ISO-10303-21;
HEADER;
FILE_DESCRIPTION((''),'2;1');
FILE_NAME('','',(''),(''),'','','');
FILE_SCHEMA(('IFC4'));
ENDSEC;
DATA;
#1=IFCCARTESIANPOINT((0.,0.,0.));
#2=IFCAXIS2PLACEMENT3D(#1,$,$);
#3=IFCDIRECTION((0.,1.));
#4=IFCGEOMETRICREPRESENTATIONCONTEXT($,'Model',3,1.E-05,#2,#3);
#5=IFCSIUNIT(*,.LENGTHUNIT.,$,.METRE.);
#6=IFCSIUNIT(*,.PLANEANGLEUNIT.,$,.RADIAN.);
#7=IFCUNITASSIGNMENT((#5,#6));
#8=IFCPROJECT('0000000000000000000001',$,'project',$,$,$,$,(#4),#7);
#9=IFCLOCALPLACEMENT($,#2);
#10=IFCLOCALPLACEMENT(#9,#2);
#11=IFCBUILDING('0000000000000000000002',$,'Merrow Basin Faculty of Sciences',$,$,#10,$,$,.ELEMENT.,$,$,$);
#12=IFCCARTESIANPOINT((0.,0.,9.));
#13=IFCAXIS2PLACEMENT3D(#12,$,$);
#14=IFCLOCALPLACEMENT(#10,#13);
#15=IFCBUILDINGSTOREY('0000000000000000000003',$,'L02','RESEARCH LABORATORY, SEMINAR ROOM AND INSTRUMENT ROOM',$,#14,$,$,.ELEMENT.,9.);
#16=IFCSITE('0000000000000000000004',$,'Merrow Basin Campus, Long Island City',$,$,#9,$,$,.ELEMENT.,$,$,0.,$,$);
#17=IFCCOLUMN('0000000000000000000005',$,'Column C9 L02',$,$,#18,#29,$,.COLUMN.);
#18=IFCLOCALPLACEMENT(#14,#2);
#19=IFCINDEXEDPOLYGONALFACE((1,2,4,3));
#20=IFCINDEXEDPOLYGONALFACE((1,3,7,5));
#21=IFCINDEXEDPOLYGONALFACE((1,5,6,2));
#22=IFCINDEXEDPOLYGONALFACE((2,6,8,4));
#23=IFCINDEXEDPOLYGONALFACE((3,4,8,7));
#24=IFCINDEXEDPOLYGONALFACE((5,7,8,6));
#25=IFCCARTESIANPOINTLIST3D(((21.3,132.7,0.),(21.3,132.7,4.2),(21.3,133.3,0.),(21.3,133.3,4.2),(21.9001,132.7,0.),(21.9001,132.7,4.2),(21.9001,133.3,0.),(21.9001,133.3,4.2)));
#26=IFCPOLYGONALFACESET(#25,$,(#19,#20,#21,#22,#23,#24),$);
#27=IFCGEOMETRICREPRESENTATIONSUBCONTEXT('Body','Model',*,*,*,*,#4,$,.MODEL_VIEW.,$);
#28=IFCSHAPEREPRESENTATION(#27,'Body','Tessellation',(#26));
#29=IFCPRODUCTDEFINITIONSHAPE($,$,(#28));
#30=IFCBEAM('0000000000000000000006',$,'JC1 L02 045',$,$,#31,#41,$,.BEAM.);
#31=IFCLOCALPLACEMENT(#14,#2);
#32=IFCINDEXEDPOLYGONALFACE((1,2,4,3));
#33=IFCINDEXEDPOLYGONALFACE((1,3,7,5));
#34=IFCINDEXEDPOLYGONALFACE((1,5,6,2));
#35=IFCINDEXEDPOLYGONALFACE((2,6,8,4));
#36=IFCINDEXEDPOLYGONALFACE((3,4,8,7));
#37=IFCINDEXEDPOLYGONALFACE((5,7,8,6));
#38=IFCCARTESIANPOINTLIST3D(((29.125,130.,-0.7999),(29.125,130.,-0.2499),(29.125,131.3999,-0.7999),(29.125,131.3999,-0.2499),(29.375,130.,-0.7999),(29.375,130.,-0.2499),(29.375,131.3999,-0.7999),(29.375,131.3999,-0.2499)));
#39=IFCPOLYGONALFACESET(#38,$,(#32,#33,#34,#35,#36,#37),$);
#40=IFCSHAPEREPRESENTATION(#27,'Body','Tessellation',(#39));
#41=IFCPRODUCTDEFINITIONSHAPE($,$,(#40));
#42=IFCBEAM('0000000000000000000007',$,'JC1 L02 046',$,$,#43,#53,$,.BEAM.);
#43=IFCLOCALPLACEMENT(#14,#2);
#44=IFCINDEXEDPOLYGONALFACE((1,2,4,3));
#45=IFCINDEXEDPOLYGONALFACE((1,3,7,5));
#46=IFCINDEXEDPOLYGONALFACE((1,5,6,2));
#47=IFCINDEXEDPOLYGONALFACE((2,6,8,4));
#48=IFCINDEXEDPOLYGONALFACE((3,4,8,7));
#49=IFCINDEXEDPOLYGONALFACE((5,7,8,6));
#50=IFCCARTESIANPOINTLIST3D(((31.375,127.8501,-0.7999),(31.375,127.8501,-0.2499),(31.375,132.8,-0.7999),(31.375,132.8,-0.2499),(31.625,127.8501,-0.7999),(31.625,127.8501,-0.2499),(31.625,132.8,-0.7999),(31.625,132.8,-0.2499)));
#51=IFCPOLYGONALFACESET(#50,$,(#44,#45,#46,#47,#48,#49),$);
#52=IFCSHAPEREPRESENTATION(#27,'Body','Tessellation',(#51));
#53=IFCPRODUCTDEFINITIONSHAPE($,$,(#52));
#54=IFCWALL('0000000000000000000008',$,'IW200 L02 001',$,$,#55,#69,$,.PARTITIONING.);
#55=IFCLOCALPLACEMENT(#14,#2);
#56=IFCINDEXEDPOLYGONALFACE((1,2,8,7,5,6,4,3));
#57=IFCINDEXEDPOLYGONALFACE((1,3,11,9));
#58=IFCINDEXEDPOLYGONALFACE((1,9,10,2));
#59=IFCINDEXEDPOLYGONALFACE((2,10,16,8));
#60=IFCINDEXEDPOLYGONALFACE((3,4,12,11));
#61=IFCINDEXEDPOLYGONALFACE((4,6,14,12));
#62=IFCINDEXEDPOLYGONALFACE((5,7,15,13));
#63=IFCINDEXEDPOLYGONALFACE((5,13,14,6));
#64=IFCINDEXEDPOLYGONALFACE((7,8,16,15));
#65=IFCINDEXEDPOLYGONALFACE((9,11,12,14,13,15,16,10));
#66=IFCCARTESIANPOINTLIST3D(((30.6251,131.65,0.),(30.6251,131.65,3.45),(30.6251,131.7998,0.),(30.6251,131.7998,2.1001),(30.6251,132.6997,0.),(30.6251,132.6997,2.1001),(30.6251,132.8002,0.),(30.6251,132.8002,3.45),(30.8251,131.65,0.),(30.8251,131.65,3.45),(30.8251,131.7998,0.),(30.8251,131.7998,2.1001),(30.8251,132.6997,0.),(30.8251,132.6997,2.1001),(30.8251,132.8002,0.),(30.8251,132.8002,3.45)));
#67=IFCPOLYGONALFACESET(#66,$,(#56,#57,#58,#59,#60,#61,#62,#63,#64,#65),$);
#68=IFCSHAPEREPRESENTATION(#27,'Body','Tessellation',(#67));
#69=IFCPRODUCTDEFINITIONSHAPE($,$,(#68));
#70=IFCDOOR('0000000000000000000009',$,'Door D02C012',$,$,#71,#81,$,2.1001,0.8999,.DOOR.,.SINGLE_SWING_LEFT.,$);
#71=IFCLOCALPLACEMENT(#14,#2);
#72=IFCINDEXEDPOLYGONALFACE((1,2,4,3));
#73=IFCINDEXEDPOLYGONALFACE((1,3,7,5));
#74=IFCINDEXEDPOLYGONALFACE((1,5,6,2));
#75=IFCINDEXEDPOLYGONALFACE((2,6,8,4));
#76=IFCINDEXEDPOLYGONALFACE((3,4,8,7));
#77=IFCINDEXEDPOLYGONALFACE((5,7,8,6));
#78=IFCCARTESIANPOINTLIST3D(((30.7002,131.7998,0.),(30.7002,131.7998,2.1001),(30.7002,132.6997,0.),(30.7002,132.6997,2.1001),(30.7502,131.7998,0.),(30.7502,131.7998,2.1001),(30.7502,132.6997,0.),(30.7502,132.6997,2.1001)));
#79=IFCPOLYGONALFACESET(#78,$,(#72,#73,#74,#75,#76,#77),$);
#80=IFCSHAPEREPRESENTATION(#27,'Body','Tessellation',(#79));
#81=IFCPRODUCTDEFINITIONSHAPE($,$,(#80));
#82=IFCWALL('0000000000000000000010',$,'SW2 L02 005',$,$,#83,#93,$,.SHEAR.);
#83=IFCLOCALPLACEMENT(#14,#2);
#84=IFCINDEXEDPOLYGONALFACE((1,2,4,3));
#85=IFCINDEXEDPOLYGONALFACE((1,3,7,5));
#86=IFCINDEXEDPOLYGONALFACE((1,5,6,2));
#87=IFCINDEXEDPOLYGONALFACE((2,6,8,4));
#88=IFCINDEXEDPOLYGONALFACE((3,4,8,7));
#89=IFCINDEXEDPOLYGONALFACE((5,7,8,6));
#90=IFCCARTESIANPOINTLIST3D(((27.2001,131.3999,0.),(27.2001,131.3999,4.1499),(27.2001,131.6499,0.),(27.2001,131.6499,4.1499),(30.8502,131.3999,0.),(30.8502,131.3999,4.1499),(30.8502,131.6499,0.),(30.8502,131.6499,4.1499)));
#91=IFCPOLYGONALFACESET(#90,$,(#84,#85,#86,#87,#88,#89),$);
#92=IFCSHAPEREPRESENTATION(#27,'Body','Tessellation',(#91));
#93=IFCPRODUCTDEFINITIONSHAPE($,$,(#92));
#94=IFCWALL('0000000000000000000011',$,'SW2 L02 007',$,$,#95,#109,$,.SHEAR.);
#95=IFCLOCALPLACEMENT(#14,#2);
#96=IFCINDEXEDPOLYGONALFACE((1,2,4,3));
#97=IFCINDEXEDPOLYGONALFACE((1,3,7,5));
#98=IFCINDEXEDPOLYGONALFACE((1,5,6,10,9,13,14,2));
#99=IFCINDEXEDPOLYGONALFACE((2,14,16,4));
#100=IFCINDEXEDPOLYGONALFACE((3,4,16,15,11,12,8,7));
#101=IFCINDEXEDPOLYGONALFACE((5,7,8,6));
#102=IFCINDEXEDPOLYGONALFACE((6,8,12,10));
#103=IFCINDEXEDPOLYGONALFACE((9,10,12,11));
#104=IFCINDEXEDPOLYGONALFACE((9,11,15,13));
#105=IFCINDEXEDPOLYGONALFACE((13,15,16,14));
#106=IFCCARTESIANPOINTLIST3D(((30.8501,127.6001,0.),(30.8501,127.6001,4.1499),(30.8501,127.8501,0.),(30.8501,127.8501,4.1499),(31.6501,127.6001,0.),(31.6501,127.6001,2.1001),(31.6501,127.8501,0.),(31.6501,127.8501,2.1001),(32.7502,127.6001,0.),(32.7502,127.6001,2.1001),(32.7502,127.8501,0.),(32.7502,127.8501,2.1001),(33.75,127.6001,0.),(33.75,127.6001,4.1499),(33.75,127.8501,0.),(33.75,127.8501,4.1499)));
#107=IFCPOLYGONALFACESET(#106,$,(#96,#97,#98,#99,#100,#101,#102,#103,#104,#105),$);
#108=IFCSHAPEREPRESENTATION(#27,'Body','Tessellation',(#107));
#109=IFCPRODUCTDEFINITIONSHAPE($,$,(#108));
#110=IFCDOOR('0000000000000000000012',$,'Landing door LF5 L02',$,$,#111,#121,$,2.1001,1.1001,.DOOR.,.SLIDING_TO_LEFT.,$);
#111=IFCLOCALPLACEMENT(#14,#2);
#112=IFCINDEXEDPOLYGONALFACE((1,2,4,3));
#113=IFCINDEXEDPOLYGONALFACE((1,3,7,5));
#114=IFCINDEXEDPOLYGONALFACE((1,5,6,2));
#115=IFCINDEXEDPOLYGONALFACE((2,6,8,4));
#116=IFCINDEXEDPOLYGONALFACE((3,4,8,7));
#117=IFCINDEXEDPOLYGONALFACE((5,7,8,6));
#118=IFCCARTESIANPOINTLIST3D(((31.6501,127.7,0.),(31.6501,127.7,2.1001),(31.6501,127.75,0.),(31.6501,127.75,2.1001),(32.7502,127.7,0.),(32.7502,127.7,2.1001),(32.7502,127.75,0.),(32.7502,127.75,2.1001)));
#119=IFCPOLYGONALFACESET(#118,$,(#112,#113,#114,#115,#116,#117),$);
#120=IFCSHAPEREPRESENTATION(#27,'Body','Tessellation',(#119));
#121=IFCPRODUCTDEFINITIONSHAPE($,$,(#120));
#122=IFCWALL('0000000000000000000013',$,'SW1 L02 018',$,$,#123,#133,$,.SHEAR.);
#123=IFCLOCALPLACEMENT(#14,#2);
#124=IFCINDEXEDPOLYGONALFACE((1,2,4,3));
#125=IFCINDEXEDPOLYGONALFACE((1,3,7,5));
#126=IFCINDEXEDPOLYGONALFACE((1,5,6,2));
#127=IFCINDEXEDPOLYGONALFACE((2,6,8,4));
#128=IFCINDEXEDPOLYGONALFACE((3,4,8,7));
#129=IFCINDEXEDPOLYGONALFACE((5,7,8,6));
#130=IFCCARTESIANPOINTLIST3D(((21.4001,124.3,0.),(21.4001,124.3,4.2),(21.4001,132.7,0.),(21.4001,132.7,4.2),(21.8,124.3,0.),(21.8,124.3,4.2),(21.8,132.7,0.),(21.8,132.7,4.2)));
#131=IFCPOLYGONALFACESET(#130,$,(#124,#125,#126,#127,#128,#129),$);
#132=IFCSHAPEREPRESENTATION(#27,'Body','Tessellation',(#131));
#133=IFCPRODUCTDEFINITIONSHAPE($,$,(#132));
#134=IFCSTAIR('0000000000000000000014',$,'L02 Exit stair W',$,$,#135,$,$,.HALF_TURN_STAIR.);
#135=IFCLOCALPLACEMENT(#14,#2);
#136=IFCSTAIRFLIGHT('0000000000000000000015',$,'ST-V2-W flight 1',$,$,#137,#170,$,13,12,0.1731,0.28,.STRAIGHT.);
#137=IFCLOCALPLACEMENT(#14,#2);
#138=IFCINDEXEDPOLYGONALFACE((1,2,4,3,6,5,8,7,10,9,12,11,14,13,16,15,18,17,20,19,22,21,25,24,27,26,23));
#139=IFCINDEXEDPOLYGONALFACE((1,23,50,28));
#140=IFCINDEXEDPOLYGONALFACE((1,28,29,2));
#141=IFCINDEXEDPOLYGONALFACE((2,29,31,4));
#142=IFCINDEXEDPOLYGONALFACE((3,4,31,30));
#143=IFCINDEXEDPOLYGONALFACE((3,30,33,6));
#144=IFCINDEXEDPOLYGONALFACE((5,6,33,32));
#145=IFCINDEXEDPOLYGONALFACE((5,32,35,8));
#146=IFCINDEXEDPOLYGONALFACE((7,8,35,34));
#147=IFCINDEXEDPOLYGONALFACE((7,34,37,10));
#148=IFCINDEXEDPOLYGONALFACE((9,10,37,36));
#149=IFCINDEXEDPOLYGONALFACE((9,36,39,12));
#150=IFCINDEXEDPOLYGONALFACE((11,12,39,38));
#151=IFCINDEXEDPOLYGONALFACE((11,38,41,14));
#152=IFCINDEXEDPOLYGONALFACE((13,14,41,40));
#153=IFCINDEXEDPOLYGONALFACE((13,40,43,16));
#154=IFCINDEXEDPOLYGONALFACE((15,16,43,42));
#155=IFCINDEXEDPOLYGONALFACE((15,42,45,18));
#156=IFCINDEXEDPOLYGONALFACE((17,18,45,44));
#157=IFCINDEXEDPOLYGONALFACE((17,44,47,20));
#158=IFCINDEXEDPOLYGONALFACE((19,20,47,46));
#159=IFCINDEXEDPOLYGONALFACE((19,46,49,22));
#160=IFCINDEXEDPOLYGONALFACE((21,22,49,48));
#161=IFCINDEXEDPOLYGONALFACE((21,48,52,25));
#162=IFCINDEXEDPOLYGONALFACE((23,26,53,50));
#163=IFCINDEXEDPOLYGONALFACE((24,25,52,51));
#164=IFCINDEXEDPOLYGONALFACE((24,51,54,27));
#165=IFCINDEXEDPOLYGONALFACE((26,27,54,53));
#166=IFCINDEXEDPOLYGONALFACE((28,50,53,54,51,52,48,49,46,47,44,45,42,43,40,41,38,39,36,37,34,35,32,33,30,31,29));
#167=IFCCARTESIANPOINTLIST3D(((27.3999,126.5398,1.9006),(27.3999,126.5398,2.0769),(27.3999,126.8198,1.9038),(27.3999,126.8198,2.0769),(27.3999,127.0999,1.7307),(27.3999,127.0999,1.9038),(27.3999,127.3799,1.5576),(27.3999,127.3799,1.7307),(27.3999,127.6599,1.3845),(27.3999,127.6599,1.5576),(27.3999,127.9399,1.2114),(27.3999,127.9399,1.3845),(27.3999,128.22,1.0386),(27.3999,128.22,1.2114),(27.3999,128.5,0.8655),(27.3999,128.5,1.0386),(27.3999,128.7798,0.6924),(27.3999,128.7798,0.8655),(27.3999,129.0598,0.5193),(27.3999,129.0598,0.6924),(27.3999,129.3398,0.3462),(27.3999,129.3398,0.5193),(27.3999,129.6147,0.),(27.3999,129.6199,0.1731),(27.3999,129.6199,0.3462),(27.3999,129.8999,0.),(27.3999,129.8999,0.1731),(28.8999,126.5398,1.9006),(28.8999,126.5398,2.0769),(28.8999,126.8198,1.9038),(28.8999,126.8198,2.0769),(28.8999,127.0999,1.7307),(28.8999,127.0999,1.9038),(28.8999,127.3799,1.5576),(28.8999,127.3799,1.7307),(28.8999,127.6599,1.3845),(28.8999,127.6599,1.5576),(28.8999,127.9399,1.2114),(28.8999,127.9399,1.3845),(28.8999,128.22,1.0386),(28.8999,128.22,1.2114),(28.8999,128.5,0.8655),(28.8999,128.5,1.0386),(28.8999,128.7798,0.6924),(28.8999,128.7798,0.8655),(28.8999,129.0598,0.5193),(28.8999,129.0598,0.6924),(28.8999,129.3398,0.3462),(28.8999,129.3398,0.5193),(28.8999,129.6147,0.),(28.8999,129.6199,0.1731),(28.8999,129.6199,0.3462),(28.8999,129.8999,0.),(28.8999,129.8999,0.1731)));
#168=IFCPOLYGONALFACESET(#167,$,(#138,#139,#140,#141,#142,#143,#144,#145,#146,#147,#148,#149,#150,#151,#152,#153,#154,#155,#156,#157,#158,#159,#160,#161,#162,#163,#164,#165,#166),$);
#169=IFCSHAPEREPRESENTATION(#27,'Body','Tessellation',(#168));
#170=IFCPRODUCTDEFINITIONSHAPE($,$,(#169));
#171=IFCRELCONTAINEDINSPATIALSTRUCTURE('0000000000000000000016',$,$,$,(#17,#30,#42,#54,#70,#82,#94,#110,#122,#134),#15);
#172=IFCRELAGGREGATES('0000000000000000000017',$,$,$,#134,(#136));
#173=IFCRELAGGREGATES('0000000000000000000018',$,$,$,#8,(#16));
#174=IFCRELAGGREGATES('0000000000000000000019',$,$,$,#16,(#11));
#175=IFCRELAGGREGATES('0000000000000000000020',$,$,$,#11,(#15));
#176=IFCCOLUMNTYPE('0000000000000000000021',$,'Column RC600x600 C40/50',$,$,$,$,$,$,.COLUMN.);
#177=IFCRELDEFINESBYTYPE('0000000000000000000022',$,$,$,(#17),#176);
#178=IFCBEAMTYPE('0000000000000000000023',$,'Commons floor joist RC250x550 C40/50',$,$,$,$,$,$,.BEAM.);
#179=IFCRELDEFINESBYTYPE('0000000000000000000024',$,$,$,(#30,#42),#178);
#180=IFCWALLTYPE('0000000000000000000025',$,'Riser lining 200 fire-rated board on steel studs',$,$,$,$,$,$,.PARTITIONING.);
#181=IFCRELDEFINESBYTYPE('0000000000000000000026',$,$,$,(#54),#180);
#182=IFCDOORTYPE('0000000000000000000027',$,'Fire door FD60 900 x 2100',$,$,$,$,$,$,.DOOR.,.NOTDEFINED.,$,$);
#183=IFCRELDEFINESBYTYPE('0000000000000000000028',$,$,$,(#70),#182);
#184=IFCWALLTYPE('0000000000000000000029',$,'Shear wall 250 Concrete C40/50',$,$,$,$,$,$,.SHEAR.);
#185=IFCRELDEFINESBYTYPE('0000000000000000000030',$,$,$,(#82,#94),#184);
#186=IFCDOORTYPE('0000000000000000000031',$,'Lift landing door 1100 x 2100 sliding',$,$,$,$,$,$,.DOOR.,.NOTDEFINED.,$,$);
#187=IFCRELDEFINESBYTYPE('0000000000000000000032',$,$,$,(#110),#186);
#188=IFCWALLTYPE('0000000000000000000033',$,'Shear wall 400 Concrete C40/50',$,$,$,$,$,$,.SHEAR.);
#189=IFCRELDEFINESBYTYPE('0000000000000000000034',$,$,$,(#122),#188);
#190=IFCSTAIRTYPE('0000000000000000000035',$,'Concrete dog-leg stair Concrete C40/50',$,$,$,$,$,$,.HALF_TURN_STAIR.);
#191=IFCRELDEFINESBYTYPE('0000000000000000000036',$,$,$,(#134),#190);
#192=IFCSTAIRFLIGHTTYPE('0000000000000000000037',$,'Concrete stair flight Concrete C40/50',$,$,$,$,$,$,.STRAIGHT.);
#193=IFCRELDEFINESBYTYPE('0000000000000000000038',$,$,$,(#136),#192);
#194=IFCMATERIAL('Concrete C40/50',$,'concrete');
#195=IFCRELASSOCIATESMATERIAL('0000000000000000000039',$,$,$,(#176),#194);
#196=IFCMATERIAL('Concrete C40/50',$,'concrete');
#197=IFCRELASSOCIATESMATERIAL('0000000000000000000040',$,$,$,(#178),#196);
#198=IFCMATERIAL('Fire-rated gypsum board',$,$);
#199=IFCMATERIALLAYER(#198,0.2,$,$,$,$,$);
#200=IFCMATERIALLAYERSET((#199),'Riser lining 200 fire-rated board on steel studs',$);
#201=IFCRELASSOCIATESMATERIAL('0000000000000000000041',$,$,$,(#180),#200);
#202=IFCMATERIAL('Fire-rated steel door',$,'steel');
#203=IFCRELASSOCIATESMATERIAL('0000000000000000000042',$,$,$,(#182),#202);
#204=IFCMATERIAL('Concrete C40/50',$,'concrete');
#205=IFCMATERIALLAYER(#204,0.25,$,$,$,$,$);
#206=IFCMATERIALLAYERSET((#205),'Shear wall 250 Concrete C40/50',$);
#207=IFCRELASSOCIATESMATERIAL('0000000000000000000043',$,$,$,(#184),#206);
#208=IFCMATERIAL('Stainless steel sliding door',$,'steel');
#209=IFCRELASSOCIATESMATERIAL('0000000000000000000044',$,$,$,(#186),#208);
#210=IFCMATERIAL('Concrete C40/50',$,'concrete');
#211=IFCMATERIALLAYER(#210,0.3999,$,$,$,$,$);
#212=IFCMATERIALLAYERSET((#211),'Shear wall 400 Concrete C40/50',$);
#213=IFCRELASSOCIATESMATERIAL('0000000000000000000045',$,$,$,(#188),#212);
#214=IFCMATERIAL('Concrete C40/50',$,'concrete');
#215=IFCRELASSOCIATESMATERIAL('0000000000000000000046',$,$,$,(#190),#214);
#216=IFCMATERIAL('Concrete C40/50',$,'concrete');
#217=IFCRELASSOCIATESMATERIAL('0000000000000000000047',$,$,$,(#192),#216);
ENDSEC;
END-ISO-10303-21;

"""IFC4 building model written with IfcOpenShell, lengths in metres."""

from ifc_helpers import new_model, si_unit, direction, frame, frame_2d, origin, origin_2d, place, context, subcontext, project, spatial, polyline, rectangle, outline, extrude, material, layer, layer_set, material_profile, profile_set, type_object, element, fill, aggregate, save


model = new_model("IFC4")

# Units and contexts
model_context = context("Model", 3, precision=1e-05, world=origin(), true_north=direction((0.0, 1.0)))
body_context = subcontext(model_context, "Body", "Model", "MODEL_VIEW")
ifc_project = project(units=[si_unit("LENGTHUNIT", "METRE"), si_unit("PLANEANGLEUNIT", "RADIAN")], contexts=[model_context])

# Site, building, storey
site_placement = place(None, origin())
site = spatial("IfcSite", under=ifc_project, at=site_placement, Name="Merrow Basin Campus, Long Island City", CompositionType="ELEMENT", RefElevation=0.0)
building_placement = place(site_placement, origin())
building = spatial("IfcBuilding", under=site, at=building_placement, Name="Merrow Basin Faculty of Sciences", CompositionType="ELEMENT")
storey_placement = place(building_placement, frame((0.0, 0.0, 9.0)))
storey = spatial("IfcBuildingStorey", under=building, at=storey_placement, Name="L02", Description="RESEARCH LABORATORY, SEMINAR ROOM AND INSTRUMENT ROOM", CompositionType="ELEMENT", Elevation=9.0)

# Column
ifc_material_1 = material(Name="Concrete C40/50", Category="concrete")
ifc_material_profile_1 = material_profile(ifc_material_1, rectangle(XDim=0.6001, YDim=0.6001, at=origin_2d()))
ifc_profile_set_1 = profile_set([ifc_material_profile_1], Name="Concrete C40/50")
column_type = type_object("IfcColumnType", Name="Column RC600x600 C40/50", PredefinedType="COLUMN", material=ifc_profile_set_1)
column_placement = place(storey_placement, frame((21.6001, 133.0, 0.0), z_axis=(0.0, 0.0, 1.0), x_axis=(1.0, 0.0, 0.0)))
element("IfcColumn", 1, at=column_placement, inside=storey, type_object=column_type, Name="Column C9 L02", PredefinedType="COLUMN", context=body_context, shape_type="SweptSolid", body=[
    extrude(rectangle(XDim=0.6001, YDim=0.6001, at=origin_2d()), origin(), (0.0, 0.0, 1.0), 4.2),
])

# Beams
ifc_material_2 = material(Name="Concrete C40/50", Category="concrete")
ifc_material_profile_2 = material_profile(ifc_material_2, rectangle(XDim=0.25, YDim=0.55, at=origin_2d()))
ifc_profile_set_2 = profile_set([ifc_material_profile_2], Name="Concrete C40/50")
beam_type = type_object("IfcBeamType", Name="Commons floor joist RC250x550 C40/50", PredefinedType="BEAM", material=ifc_profile_set_2)
beam_1_placement = place(storey_placement, frame((29.25, 130.0, -0.5249), z_axis=(0.0, 1.0, 0.0), x_axis=(-1.0, 0.0, 0.0)))
element("IfcBeam", 2, at=beam_1_placement, inside=storey, type_object=beam_type, Name="JC1 L02 045", PredefinedType="BEAM", context=body_context, shape_type="SweptSolid", body=[
    extrude(rectangle(XDim=0.25, YDim=0.55, at=origin_2d()), origin(), (0.0, 0.0, 1.0), 1.3999),
])
beam_2_placement = place(storey_placement, frame((31.5, 127.8501, -0.5249), z_axis=(0.0, 1.0, 0.0), x_axis=(-1.0, 0.0, 0.0)))
element("IfcBeam", 3, at=beam_2_placement, inside=storey, type_object=beam_type, Name="JC1 L02 046", PredefinedType="BEAM", context=body_context, shape_type="SweptSolid", body=[
    extrude(rectangle(XDim=0.25, YDim=0.55, at=origin_2d()), origin(), (0.0, 0.0, 1.0), 4.95),
])

# Wall, opening, door
ifc_material_3 = material(Name="Fire-rated gypsum board")
ifc_layer_1 = layer(ifc_material_3, 0.2)
ifc_layer_set_1 = layer_set([ifc_layer_1], Name="Riser lining 200 fire-rated board on steel studs")
wall_type_1 = type_object("IfcWallType", Name="Riser lining 200 fire-rated board on steel studs", PredefinedType="PARTITIONING", material=ifc_layer_set_1)
wall_1_placement = place(storey_placement, frame((30.7251, 131.6499, 0.0), z_axis=(0.0, 0.0, 1.0), x_axis=(0.0, 1.0, 0.0)))
wall_1 = element("IfcWall", 4, at=wall_1_placement, inside=storey, type_object=wall_type_1, Name="IW200 L02 001", PredefinedType="PARTITIONING", context=body_context, shape_type="SweptSolid", body=[
    extrude(rectangle(XDim=1.1501, YDim=0.2, at=frame_2d((0.5752, 0.0))), origin(), (0.0, 0.0, 1.0), 3.45),
])
opening_1_placement = place(wall_1_placement, frame((0.1499, 0.0, 0.0)))
opening_1 = element("IfcOpeningElement", 5, at=opening_1_placement, cuts=wall_1, PredefinedType="OPENING", context=body_context, shape_type="SweptSolid", body=[
    extrude(rectangle(XDim=0.8999, YDim=2.1001, at=frame_2d((0.45, 1.05))), frame((0.0, 0.1099, 0.0), z_axis=(0.0, -1.0, 0.0), x_axis=(1.0, 0.0, 0.0)), (0.0, 0.0, 1.0), 0.22),
])
ifc_material_4 = material(Name="Fire-rated steel door", Category="steel")
door_type_1 = type_object("IfcDoorType", Name="Fire door FD60 900 x 2100", OperationType="NOTDEFINED", PredefinedType="DOOR", material=ifc_material_4)
door_1_placement = place(opening_1_placement, origin())
door_1 = element("IfcDoor", 6, at=door_1_placement, inside=storey, type_object=door_type_1, Name="Door D02C012", OperationType="SINGLE_SWING_LEFT", OverallHeight=2.1001, OverallWidth=0.8999, PredefinedType="DOOR", context=body_context, shape_type="SweptSolid", body=[
    extrude(rectangle(XDim=0.8999, YDim=2.1001, at=frame_2d((0.45, 1.05))), frame((0.0, 0.0249, 0.0), z_axis=(0.0, -1.0, 0.0), x_axis=(1.0, 0.0, 0.0)), (0.0, 0.0, 1.0), 0.05),
])
fill(opening_1, door_1)

# Wall
ifc_material_5 = material(Name="Concrete C40/50", Category="concrete")
ifc_layer_2 = layer(ifc_material_5, 0.25)
ifc_layer_set_2 = layer_set([ifc_layer_2], Name="Shear wall 250 Concrete C40/50")
wall_type_2 = type_object("IfcWallType", Name="Shear wall 250 Concrete C40/50", PredefinedType="SHEAR", material=ifc_layer_set_2)
wall_2_placement = place(storey_placement, frame((27.2, 131.5249, 0.0), z_axis=(0.0, 0.0, 1.0), x_axis=(1.0, 0.0, 0.0)))
element("IfcWall", 7, at=wall_2_placement, inside=storey, type_object=wall_type_2, Name="SW2 L02 005", PredefinedType="SHEAR", context=body_context, shape_type="SweptSolid", body=[
    extrude(rectangle(XDim=3.6501, YDim=0.25, at=frame_2d((1.8252, 0.0))), origin(), (0.0, 0.0, 1.0), 4.1499),
])

# Wall, opening, door
wall_3_placement = place(storey_placement, frame((30.8501, 127.7251, 0.0), z_axis=(0.0, 0.0, 1.0), x_axis=(1.0, 0.0, 0.0)))
wall_3 = element("IfcWall", 8, at=wall_3_placement, inside=storey, type_object=wall_type_2, Name="SW2 L02 007", PredefinedType="SHEAR", context=body_context, shape_type="SweptSolid", body=[
    extrude(rectangle(XDim=2.8999, YDim=0.25, at=frame_2d((1.45, 0.0))), origin(), (0.0, 0.0, 1.0), 4.1499),
])
opening_2_placement = place(wall_3_placement, frame((0.8, 0.0, 0.0)))
opening_2 = element("IfcOpeningElement", 9, at=opening_2_placement, cuts=wall_3, PredefinedType="OPENING", context=body_context, shape_type="SweptSolid", body=[
    extrude(rectangle(XDim=1.1001, YDim=2.1001, at=frame_2d((0.55, 1.05))), frame((0.0, 0.135, 0.0), z_axis=(0.0, -1.0, 0.0), x_axis=(1.0, 0.0, 0.0)), (0.0, 0.0, 1.0), 0.27),
])
ifc_material_6 = material(Name="Stainless steel sliding door", Category="steel")
door_type_2 = type_object("IfcDoorType", Name="Lift landing door 1100 x 2100 sliding", OperationType="NOTDEFINED", PredefinedType="DOOR", material=ifc_material_6)
door_2_placement = place(opening_2_placement, origin())
door_2 = element("IfcDoor", 10, at=door_2_placement, inside=storey, type_object=door_type_2, Name="Landing door LF5 L02", OperationType="SLIDING_TO_LEFT", OverallHeight=2.1001, OverallWidth=1.1001, PredefinedType="DOOR", context=body_context, shape_type="SweptSolid", body=[
    extrude(rectangle(XDim=1.1001, YDim=2.1001, at=frame_2d((0.55, 1.05))), frame((0.0, 0.0249, 0.0), z_axis=(0.0, -1.0, 0.0), x_axis=(1.0, 0.0, 0.0)), (0.0, 0.0, 1.0), 0.05),
])
fill(opening_2, door_2)

# Wall
ifc_material_7 = material(Name="Concrete C40/50", Category="concrete")
ifc_layer_3 = layer(ifc_material_7, 0.3999)
ifc_layer_set_3 = layer_set([ifc_layer_3], Name="Shear wall 400 Concrete C40/50")
wall_type_3 = type_object("IfcWallType", Name="Shear wall 400 Concrete C40/50", PredefinedType="SHEAR", material=ifc_layer_set_3)
wall_4_placement = place(storey_placement, frame((21.6001, 124.3, 0.0), z_axis=(0.0, 0.0, 1.0), x_axis=(0.0, 1.0, 0.0)))
element("IfcWall", 11, at=wall_4_placement, inside=storey, type_object=wall_type_3, Name="SW1 L02 018", PredefinedType="SHEAR", context=body_context, shape_type="SweptSolid", body=[
    extrude(rectangle(XDim=8.3999, YDim=0.3999, at=frame_2d((4.2, 0.0))), origin(), (0.0, 0.0, 1.0), 4.2),
])

# Stair, stair flight
ifc_material_8 = material(Name="Concrete C40/50", Category="concrete")
stair_type = type_object("IfcStairType", Name="Concrete dog-leg stair Concrete C40/50", PredefinedType="HALF_TURN_STAIR", material=ifc_material_8)
stair_placement = place(storey_placement, origin())
stair = element("IfcStair", 12, at=stair_placement, inside=storey, type_object=stair_type, Name="L02 Exit stair W", PredefinedType="HALF_TURN_STAIR")
ifc_material_9 = material(Name="Concrete C40/50", Category="concrete")
stair_flight_type = type_object("IfcStairFlightType", Name="Concrete stair flight Concrete C40/50", PredefinedType="STRAIGHT", material=ifc_material_9)
stair_flight_1_placement = place(storey_placement, frame((28.1499, 129.8999, 0.0), z_axis=(0.0, 0.0, 1.0), x_axis=(0.0, -1.0, 0.0)))
stair_flight_1 = element("IfcStairFlight", 13, at=stair_flight_1_placement, type_object=stair_flight_type, Name="ST-V2-W flight 1", NumberOfRisers=13, NumberOfTreads=12, PredefinedType="STRAIGHT", RiserHeight=0.1731, TreadLength=0.28, context=body_context, shape_type="SweptSolid", body=[
    extrude(outline(polyline([(0.0, 0.0), (0.0, 0.1731), (0.28, 0.1731), (0.28, 0.3462), (0.5601, 0.3462), (0.5601, 0.5193), (0.8401, 0.5193), (0.8401, 0.6924), (1.1201, 0.6924), (1.1201, 0.8655), (1.3999, 0.8655), (1.3999, 1.0386), (1.6799, 1.0386), (1.6799, 1.2114), (1.96, 1.2114), (1.96, 1.3845), (2.24, 1.3845), (2.24, 1.5576), (2.52, 1.5576), (2.52, 1.7307), (2.8, 1.7307), (2.8, 1.9038), (3.0801, 1.9038), (3.0801, 2.0769), (3.3601, 2.0769), (3.3601, 2.25), (3.3601, 1.9006), (0.2852, 0.0), (0.0, 0.0)])), frame((0.0, 0.75, 0.0), z_axis=(0.0, -1.0, 0.0), x_axis=(1.0, 0.0, 0.0)), (0.0, 0.0, 1.0), 1.5),
])
aggregate(stair, [stair_flight_1])

save(model, "model.ifc")
